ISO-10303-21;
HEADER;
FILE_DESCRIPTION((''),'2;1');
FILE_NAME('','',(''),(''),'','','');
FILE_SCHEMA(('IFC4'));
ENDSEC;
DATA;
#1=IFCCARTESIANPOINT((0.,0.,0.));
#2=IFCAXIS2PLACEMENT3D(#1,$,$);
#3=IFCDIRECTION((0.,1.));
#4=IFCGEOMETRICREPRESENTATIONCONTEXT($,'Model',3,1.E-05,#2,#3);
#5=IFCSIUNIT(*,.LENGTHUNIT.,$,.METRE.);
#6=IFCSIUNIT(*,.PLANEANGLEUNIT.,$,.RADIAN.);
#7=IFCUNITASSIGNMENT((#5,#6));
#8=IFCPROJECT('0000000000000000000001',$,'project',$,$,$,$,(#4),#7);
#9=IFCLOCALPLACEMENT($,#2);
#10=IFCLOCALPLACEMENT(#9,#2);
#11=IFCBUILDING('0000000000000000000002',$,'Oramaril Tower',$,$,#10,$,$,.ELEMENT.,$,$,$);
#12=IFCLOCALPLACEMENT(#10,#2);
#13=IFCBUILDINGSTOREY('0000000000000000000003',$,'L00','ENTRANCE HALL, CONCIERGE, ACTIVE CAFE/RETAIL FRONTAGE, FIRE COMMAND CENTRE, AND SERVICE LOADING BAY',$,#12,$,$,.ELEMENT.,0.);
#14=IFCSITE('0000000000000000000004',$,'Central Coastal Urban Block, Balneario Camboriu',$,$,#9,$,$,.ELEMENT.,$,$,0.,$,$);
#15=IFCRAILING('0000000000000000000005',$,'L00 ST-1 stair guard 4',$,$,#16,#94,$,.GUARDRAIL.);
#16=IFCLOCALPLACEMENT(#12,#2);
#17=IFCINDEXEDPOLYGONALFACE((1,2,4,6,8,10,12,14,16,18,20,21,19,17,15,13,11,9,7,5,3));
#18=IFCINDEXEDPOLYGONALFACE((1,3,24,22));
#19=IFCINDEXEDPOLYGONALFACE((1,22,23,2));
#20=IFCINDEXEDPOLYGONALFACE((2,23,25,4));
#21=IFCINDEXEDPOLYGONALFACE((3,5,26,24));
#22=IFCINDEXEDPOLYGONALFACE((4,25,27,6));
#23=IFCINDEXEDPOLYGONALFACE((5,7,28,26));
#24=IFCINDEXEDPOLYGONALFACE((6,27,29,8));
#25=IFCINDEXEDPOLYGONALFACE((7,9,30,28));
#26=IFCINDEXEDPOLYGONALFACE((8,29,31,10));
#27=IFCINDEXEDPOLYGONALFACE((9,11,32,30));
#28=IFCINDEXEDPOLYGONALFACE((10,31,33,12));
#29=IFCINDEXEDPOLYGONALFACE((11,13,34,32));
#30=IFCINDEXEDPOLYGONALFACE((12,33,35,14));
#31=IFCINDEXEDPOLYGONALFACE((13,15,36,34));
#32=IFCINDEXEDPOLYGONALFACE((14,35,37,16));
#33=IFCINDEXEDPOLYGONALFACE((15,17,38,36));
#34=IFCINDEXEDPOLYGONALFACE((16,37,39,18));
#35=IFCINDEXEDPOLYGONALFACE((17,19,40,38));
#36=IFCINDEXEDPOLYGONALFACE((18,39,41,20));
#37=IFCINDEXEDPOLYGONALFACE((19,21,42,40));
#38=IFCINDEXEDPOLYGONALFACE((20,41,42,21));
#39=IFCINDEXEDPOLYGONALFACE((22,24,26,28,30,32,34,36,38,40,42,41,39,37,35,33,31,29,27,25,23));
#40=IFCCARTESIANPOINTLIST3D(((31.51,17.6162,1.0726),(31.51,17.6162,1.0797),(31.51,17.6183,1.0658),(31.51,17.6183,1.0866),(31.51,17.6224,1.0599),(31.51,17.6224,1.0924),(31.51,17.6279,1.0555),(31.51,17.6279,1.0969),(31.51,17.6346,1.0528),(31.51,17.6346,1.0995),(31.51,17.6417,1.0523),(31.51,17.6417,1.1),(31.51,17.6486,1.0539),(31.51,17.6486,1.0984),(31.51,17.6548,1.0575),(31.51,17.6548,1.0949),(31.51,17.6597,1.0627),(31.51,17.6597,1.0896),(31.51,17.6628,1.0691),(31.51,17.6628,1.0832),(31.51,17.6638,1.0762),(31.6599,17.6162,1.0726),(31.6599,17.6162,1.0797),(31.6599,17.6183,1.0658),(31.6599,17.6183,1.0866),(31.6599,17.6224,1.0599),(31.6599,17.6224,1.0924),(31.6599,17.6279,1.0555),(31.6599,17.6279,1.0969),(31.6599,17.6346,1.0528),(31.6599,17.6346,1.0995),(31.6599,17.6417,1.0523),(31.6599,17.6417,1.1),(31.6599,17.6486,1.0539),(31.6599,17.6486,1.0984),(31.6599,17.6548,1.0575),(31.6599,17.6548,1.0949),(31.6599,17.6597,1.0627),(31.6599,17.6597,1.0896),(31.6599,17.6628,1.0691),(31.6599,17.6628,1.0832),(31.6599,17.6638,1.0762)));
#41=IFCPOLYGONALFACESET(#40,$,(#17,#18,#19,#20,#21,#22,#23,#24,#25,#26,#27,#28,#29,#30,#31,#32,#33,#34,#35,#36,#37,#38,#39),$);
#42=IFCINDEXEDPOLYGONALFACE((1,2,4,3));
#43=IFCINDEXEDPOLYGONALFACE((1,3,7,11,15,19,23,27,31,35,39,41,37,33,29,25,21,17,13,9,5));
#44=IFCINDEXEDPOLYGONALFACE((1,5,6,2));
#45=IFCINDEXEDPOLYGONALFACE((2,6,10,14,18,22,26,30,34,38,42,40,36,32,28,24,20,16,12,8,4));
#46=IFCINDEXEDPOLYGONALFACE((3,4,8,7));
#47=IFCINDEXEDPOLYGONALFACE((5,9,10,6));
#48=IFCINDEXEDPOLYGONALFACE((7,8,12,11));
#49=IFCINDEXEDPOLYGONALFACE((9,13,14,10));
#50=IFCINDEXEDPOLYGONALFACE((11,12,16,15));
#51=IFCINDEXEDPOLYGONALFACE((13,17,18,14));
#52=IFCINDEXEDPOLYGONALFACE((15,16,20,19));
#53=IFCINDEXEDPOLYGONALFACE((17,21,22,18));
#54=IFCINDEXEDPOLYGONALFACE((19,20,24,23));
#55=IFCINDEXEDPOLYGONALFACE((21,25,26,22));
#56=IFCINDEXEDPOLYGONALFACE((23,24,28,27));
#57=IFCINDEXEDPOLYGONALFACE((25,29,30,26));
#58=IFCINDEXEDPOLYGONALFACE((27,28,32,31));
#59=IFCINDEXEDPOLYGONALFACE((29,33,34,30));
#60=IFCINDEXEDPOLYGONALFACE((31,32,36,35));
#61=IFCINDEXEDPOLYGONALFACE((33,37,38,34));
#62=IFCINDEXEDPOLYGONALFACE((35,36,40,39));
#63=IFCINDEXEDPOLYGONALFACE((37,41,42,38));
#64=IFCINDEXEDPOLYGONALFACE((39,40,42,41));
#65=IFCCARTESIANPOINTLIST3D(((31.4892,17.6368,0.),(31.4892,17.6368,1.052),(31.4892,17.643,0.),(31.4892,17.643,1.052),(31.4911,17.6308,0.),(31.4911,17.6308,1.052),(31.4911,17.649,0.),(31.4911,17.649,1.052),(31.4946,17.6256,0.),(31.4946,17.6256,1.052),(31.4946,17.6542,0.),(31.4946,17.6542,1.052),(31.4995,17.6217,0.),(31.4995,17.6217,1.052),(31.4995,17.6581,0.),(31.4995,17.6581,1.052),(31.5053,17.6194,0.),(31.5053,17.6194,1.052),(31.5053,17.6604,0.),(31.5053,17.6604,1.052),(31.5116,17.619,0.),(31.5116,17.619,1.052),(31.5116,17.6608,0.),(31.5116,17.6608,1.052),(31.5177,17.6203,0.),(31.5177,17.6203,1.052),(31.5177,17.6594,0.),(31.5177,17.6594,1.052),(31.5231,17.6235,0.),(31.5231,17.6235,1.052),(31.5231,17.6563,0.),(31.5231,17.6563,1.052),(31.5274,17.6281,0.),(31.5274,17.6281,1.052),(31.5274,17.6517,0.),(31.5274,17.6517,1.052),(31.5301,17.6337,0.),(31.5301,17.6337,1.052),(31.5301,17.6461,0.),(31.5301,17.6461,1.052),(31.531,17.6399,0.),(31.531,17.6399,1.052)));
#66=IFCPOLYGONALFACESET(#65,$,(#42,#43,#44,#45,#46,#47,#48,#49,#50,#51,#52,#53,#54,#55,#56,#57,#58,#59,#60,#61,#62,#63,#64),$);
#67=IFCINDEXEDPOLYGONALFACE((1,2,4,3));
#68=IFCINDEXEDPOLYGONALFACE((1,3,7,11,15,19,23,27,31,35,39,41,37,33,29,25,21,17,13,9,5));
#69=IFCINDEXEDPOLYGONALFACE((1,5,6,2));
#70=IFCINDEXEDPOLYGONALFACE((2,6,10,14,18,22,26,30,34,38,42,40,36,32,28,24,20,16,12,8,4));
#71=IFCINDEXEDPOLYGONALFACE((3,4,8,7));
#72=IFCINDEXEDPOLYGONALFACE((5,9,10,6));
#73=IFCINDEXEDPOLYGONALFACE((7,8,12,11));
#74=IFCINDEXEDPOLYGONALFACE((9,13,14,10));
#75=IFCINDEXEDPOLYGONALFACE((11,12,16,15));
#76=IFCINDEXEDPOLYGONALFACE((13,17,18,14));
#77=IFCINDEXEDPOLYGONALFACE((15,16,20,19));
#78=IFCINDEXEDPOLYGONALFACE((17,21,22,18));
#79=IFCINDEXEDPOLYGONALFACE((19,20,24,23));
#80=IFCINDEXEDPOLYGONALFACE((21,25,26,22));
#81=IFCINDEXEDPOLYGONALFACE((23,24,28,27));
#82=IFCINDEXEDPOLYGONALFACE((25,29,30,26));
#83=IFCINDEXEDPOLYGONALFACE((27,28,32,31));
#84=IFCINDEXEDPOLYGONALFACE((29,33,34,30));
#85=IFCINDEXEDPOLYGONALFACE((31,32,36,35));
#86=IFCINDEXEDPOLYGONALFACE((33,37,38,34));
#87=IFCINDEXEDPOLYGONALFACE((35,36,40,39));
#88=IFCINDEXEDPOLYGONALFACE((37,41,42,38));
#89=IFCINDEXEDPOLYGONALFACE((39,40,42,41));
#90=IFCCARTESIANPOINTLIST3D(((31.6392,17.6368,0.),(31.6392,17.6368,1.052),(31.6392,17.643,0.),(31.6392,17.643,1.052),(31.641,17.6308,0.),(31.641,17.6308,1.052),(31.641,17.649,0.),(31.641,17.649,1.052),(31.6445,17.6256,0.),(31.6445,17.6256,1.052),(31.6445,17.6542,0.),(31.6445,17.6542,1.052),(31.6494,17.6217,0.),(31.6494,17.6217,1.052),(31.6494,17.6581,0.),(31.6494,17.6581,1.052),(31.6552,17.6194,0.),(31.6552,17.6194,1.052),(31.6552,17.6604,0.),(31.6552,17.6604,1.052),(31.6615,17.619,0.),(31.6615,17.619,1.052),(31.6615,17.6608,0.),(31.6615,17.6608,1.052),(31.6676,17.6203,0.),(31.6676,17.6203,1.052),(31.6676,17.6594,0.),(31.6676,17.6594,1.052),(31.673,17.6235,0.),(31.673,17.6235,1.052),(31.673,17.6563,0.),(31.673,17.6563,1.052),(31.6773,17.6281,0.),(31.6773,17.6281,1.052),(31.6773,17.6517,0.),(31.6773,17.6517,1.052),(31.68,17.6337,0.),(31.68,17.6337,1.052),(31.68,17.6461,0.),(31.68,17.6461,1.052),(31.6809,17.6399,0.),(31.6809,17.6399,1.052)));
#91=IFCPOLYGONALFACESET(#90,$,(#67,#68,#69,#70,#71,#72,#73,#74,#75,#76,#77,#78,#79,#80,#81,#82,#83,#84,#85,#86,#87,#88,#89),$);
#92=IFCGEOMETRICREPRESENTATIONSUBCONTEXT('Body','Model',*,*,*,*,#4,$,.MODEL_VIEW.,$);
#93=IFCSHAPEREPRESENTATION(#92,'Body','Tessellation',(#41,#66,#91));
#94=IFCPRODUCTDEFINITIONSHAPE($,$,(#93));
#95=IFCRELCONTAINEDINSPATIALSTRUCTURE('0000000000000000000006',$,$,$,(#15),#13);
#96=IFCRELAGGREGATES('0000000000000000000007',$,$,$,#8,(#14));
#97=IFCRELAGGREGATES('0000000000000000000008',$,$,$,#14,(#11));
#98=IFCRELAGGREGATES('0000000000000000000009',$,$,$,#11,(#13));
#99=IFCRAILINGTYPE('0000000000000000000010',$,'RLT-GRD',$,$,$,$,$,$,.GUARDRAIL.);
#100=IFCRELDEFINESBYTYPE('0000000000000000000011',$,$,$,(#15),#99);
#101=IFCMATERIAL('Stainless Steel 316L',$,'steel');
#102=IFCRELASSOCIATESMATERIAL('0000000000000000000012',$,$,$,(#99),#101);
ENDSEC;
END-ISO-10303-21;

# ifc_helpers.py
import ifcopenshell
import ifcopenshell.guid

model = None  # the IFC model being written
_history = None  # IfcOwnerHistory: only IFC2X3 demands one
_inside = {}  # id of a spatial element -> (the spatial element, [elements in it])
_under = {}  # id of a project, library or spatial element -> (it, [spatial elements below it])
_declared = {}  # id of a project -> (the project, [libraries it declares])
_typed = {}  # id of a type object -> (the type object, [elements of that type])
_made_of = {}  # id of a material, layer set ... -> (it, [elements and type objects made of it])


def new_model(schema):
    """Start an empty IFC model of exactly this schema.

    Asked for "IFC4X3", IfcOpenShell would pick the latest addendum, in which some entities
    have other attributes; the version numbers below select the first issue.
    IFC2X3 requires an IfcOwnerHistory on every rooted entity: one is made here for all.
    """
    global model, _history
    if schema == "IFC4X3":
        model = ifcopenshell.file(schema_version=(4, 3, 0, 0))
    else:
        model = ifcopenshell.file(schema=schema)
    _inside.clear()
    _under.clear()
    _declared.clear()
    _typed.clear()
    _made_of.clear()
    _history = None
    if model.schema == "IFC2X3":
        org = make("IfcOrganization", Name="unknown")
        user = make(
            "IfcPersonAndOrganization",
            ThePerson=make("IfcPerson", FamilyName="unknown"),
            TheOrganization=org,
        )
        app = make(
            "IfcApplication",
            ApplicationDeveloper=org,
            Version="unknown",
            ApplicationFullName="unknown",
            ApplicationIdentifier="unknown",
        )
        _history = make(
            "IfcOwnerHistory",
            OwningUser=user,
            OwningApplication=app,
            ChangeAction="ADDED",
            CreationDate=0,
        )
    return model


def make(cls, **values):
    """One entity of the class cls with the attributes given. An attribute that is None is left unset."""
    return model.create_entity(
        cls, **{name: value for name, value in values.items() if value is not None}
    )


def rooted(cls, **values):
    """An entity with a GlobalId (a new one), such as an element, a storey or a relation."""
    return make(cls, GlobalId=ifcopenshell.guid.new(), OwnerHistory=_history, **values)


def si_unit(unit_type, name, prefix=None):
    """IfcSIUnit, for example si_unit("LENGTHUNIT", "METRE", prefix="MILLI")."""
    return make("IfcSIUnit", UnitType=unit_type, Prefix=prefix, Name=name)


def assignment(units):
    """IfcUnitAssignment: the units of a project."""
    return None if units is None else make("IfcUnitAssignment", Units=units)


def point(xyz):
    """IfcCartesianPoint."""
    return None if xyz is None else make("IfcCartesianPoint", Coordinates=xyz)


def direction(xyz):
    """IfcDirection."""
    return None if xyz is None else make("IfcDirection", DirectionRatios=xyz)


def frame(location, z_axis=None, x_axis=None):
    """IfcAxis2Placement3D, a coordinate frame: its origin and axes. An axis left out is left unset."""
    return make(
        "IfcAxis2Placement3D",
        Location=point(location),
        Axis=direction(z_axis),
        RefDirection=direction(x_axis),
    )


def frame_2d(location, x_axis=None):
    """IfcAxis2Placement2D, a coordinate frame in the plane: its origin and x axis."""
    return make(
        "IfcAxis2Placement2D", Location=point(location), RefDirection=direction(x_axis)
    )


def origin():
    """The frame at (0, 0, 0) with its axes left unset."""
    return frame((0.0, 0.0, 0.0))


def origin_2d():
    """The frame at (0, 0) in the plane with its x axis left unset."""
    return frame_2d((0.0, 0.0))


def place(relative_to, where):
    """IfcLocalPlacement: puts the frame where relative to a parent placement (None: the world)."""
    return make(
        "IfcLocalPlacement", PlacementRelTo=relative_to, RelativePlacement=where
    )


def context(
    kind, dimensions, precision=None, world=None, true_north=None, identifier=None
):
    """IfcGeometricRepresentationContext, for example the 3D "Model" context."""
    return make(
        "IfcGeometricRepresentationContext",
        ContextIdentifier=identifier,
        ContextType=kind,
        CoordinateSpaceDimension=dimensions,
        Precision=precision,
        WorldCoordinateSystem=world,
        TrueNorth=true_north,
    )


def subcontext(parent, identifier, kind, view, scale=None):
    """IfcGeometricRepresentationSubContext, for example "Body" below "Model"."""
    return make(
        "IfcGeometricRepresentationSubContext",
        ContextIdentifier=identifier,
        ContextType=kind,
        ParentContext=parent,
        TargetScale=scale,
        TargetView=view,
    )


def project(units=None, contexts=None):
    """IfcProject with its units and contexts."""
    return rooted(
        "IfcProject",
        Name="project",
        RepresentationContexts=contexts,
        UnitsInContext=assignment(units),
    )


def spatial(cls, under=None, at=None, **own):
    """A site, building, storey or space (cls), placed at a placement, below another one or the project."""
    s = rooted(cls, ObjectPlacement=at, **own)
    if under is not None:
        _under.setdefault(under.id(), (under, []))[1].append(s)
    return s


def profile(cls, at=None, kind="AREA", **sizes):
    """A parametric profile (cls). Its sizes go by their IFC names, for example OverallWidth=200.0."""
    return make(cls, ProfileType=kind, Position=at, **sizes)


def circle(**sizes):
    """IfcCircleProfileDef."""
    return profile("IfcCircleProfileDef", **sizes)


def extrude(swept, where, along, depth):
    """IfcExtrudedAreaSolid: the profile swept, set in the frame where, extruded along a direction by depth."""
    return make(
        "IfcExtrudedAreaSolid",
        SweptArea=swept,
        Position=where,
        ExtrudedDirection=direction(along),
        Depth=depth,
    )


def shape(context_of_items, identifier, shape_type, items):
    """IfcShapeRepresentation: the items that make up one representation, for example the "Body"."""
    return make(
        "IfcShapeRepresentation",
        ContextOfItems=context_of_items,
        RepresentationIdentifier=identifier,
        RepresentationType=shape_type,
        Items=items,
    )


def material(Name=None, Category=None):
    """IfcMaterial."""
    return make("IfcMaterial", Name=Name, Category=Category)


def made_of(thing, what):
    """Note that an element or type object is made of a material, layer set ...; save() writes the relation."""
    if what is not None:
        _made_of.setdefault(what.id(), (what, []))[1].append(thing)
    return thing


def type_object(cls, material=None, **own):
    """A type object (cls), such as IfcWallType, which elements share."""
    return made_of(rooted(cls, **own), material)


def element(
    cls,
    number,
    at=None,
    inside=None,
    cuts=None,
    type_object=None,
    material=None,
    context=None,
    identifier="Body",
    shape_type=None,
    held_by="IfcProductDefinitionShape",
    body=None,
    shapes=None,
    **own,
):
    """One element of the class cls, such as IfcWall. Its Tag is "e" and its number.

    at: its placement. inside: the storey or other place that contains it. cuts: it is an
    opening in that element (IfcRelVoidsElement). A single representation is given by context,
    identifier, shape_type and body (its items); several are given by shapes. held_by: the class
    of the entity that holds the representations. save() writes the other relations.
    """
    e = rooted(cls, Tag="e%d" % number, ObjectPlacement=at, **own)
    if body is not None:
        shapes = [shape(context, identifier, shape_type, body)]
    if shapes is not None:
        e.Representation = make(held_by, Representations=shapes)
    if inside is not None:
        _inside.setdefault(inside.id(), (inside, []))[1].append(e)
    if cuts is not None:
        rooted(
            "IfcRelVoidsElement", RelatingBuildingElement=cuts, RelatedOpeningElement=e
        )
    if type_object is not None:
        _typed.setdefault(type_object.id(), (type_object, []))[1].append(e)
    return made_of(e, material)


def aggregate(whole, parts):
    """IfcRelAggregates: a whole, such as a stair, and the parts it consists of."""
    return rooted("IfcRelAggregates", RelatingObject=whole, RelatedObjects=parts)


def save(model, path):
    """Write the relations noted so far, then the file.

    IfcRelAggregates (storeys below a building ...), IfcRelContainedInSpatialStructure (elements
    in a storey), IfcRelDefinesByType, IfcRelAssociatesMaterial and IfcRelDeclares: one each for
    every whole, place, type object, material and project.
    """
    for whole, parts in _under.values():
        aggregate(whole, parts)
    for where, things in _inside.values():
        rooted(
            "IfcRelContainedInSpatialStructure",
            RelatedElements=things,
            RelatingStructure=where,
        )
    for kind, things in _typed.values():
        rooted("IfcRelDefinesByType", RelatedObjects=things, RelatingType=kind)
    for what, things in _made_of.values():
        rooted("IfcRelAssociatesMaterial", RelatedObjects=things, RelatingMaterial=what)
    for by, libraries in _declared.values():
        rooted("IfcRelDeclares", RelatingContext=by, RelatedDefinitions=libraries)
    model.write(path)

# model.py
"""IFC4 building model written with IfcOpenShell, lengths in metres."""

from ifc_helpers import new_model, si_unit, direction, frame, origin, origin_2d, place, context, subcontext, project, spatial, circle, extrude, material, type_object, element, save


model = new_model("IFC4")

# Units and contexts
model_context = context("Model", 3, precision=1e-05, world=origin(), true_north=direction((0.0, 1.0)))
body_context = subcontext(model_context, "Body", "Model", "MODEL_VIEW")
ifc_project = project(units=[si_unit("LENGTHUNIT", "METRE"), si_unit("PLANEANGLEUNIT", "RADIAN")], contexts=[model_context])

# Site, building, storey
site_placement = place(None, origin())
site = spatial("IfcSite", under=ifc_project, at=site_placement, Name="Central Coastal Urban Block, Balneario Camboriu", CompositionType="ELEMENT", RefElevation=0.0)
building_placement = place(site_placement, origin())
building = spatial("IfcBuilding", under=site, at=building_placement, Name="Oramaril Tower", CompositionType="ELEMENT")
storey_placement = place(building_placement, origin())
storey = spatial("IfcBuildingStorey", under=building, at=storey_placement, Name="L00", Description="ENTRANCE HALL, CONCIERGE, ACTIVE CAFE/RETAIL FRONTAGE, FIRE COMMAND CENTRE, AND SERVICE LOADING BAY", CompositionType="ELEMENT", Elevation=0.0)

# Railing
ifc_material_1 = material(Name="Stainless Steel 316L", Category="steel")
railing_type_1 = type_object("IfcRailingType", Name="RLT-GRD", PredefinedType="GUARDRAIL", material=ifc_material_1)
railing_1_placement = place(storey_placement, frame((31.51, 17.6399, 0.0)))
element("IfcRailing", 1, at=railing_1_placement, inside=storey, type_object=railing_type_1, Name="L00 ST-1 stair guard 4", PredefinedType="GUARDRAIL", context=body_context, shape_type="SweptSolid", body=[
    extrude(circle(Radius=0.0239, at=origin_2d()), frame((0.0, 0.0, 1.0762), z_axis=(1.0, 0.0, 0.0), x_axis=(0.0, 1.0, 0.0)), (0.0, 0.0, 1.0), 0.1499),
    extrude(circle(Radius=0.021, at=origin_2d()), origin(), (0.0, 0.0, 1.0), 1.052),
    extrude(circle(Radius=0.021, at=origin_2d()), frame((0.1499, 0.0, 0.0)), (0.0, 0.0, 1.0), 1.052),
])

save(model, "model.ifc")
